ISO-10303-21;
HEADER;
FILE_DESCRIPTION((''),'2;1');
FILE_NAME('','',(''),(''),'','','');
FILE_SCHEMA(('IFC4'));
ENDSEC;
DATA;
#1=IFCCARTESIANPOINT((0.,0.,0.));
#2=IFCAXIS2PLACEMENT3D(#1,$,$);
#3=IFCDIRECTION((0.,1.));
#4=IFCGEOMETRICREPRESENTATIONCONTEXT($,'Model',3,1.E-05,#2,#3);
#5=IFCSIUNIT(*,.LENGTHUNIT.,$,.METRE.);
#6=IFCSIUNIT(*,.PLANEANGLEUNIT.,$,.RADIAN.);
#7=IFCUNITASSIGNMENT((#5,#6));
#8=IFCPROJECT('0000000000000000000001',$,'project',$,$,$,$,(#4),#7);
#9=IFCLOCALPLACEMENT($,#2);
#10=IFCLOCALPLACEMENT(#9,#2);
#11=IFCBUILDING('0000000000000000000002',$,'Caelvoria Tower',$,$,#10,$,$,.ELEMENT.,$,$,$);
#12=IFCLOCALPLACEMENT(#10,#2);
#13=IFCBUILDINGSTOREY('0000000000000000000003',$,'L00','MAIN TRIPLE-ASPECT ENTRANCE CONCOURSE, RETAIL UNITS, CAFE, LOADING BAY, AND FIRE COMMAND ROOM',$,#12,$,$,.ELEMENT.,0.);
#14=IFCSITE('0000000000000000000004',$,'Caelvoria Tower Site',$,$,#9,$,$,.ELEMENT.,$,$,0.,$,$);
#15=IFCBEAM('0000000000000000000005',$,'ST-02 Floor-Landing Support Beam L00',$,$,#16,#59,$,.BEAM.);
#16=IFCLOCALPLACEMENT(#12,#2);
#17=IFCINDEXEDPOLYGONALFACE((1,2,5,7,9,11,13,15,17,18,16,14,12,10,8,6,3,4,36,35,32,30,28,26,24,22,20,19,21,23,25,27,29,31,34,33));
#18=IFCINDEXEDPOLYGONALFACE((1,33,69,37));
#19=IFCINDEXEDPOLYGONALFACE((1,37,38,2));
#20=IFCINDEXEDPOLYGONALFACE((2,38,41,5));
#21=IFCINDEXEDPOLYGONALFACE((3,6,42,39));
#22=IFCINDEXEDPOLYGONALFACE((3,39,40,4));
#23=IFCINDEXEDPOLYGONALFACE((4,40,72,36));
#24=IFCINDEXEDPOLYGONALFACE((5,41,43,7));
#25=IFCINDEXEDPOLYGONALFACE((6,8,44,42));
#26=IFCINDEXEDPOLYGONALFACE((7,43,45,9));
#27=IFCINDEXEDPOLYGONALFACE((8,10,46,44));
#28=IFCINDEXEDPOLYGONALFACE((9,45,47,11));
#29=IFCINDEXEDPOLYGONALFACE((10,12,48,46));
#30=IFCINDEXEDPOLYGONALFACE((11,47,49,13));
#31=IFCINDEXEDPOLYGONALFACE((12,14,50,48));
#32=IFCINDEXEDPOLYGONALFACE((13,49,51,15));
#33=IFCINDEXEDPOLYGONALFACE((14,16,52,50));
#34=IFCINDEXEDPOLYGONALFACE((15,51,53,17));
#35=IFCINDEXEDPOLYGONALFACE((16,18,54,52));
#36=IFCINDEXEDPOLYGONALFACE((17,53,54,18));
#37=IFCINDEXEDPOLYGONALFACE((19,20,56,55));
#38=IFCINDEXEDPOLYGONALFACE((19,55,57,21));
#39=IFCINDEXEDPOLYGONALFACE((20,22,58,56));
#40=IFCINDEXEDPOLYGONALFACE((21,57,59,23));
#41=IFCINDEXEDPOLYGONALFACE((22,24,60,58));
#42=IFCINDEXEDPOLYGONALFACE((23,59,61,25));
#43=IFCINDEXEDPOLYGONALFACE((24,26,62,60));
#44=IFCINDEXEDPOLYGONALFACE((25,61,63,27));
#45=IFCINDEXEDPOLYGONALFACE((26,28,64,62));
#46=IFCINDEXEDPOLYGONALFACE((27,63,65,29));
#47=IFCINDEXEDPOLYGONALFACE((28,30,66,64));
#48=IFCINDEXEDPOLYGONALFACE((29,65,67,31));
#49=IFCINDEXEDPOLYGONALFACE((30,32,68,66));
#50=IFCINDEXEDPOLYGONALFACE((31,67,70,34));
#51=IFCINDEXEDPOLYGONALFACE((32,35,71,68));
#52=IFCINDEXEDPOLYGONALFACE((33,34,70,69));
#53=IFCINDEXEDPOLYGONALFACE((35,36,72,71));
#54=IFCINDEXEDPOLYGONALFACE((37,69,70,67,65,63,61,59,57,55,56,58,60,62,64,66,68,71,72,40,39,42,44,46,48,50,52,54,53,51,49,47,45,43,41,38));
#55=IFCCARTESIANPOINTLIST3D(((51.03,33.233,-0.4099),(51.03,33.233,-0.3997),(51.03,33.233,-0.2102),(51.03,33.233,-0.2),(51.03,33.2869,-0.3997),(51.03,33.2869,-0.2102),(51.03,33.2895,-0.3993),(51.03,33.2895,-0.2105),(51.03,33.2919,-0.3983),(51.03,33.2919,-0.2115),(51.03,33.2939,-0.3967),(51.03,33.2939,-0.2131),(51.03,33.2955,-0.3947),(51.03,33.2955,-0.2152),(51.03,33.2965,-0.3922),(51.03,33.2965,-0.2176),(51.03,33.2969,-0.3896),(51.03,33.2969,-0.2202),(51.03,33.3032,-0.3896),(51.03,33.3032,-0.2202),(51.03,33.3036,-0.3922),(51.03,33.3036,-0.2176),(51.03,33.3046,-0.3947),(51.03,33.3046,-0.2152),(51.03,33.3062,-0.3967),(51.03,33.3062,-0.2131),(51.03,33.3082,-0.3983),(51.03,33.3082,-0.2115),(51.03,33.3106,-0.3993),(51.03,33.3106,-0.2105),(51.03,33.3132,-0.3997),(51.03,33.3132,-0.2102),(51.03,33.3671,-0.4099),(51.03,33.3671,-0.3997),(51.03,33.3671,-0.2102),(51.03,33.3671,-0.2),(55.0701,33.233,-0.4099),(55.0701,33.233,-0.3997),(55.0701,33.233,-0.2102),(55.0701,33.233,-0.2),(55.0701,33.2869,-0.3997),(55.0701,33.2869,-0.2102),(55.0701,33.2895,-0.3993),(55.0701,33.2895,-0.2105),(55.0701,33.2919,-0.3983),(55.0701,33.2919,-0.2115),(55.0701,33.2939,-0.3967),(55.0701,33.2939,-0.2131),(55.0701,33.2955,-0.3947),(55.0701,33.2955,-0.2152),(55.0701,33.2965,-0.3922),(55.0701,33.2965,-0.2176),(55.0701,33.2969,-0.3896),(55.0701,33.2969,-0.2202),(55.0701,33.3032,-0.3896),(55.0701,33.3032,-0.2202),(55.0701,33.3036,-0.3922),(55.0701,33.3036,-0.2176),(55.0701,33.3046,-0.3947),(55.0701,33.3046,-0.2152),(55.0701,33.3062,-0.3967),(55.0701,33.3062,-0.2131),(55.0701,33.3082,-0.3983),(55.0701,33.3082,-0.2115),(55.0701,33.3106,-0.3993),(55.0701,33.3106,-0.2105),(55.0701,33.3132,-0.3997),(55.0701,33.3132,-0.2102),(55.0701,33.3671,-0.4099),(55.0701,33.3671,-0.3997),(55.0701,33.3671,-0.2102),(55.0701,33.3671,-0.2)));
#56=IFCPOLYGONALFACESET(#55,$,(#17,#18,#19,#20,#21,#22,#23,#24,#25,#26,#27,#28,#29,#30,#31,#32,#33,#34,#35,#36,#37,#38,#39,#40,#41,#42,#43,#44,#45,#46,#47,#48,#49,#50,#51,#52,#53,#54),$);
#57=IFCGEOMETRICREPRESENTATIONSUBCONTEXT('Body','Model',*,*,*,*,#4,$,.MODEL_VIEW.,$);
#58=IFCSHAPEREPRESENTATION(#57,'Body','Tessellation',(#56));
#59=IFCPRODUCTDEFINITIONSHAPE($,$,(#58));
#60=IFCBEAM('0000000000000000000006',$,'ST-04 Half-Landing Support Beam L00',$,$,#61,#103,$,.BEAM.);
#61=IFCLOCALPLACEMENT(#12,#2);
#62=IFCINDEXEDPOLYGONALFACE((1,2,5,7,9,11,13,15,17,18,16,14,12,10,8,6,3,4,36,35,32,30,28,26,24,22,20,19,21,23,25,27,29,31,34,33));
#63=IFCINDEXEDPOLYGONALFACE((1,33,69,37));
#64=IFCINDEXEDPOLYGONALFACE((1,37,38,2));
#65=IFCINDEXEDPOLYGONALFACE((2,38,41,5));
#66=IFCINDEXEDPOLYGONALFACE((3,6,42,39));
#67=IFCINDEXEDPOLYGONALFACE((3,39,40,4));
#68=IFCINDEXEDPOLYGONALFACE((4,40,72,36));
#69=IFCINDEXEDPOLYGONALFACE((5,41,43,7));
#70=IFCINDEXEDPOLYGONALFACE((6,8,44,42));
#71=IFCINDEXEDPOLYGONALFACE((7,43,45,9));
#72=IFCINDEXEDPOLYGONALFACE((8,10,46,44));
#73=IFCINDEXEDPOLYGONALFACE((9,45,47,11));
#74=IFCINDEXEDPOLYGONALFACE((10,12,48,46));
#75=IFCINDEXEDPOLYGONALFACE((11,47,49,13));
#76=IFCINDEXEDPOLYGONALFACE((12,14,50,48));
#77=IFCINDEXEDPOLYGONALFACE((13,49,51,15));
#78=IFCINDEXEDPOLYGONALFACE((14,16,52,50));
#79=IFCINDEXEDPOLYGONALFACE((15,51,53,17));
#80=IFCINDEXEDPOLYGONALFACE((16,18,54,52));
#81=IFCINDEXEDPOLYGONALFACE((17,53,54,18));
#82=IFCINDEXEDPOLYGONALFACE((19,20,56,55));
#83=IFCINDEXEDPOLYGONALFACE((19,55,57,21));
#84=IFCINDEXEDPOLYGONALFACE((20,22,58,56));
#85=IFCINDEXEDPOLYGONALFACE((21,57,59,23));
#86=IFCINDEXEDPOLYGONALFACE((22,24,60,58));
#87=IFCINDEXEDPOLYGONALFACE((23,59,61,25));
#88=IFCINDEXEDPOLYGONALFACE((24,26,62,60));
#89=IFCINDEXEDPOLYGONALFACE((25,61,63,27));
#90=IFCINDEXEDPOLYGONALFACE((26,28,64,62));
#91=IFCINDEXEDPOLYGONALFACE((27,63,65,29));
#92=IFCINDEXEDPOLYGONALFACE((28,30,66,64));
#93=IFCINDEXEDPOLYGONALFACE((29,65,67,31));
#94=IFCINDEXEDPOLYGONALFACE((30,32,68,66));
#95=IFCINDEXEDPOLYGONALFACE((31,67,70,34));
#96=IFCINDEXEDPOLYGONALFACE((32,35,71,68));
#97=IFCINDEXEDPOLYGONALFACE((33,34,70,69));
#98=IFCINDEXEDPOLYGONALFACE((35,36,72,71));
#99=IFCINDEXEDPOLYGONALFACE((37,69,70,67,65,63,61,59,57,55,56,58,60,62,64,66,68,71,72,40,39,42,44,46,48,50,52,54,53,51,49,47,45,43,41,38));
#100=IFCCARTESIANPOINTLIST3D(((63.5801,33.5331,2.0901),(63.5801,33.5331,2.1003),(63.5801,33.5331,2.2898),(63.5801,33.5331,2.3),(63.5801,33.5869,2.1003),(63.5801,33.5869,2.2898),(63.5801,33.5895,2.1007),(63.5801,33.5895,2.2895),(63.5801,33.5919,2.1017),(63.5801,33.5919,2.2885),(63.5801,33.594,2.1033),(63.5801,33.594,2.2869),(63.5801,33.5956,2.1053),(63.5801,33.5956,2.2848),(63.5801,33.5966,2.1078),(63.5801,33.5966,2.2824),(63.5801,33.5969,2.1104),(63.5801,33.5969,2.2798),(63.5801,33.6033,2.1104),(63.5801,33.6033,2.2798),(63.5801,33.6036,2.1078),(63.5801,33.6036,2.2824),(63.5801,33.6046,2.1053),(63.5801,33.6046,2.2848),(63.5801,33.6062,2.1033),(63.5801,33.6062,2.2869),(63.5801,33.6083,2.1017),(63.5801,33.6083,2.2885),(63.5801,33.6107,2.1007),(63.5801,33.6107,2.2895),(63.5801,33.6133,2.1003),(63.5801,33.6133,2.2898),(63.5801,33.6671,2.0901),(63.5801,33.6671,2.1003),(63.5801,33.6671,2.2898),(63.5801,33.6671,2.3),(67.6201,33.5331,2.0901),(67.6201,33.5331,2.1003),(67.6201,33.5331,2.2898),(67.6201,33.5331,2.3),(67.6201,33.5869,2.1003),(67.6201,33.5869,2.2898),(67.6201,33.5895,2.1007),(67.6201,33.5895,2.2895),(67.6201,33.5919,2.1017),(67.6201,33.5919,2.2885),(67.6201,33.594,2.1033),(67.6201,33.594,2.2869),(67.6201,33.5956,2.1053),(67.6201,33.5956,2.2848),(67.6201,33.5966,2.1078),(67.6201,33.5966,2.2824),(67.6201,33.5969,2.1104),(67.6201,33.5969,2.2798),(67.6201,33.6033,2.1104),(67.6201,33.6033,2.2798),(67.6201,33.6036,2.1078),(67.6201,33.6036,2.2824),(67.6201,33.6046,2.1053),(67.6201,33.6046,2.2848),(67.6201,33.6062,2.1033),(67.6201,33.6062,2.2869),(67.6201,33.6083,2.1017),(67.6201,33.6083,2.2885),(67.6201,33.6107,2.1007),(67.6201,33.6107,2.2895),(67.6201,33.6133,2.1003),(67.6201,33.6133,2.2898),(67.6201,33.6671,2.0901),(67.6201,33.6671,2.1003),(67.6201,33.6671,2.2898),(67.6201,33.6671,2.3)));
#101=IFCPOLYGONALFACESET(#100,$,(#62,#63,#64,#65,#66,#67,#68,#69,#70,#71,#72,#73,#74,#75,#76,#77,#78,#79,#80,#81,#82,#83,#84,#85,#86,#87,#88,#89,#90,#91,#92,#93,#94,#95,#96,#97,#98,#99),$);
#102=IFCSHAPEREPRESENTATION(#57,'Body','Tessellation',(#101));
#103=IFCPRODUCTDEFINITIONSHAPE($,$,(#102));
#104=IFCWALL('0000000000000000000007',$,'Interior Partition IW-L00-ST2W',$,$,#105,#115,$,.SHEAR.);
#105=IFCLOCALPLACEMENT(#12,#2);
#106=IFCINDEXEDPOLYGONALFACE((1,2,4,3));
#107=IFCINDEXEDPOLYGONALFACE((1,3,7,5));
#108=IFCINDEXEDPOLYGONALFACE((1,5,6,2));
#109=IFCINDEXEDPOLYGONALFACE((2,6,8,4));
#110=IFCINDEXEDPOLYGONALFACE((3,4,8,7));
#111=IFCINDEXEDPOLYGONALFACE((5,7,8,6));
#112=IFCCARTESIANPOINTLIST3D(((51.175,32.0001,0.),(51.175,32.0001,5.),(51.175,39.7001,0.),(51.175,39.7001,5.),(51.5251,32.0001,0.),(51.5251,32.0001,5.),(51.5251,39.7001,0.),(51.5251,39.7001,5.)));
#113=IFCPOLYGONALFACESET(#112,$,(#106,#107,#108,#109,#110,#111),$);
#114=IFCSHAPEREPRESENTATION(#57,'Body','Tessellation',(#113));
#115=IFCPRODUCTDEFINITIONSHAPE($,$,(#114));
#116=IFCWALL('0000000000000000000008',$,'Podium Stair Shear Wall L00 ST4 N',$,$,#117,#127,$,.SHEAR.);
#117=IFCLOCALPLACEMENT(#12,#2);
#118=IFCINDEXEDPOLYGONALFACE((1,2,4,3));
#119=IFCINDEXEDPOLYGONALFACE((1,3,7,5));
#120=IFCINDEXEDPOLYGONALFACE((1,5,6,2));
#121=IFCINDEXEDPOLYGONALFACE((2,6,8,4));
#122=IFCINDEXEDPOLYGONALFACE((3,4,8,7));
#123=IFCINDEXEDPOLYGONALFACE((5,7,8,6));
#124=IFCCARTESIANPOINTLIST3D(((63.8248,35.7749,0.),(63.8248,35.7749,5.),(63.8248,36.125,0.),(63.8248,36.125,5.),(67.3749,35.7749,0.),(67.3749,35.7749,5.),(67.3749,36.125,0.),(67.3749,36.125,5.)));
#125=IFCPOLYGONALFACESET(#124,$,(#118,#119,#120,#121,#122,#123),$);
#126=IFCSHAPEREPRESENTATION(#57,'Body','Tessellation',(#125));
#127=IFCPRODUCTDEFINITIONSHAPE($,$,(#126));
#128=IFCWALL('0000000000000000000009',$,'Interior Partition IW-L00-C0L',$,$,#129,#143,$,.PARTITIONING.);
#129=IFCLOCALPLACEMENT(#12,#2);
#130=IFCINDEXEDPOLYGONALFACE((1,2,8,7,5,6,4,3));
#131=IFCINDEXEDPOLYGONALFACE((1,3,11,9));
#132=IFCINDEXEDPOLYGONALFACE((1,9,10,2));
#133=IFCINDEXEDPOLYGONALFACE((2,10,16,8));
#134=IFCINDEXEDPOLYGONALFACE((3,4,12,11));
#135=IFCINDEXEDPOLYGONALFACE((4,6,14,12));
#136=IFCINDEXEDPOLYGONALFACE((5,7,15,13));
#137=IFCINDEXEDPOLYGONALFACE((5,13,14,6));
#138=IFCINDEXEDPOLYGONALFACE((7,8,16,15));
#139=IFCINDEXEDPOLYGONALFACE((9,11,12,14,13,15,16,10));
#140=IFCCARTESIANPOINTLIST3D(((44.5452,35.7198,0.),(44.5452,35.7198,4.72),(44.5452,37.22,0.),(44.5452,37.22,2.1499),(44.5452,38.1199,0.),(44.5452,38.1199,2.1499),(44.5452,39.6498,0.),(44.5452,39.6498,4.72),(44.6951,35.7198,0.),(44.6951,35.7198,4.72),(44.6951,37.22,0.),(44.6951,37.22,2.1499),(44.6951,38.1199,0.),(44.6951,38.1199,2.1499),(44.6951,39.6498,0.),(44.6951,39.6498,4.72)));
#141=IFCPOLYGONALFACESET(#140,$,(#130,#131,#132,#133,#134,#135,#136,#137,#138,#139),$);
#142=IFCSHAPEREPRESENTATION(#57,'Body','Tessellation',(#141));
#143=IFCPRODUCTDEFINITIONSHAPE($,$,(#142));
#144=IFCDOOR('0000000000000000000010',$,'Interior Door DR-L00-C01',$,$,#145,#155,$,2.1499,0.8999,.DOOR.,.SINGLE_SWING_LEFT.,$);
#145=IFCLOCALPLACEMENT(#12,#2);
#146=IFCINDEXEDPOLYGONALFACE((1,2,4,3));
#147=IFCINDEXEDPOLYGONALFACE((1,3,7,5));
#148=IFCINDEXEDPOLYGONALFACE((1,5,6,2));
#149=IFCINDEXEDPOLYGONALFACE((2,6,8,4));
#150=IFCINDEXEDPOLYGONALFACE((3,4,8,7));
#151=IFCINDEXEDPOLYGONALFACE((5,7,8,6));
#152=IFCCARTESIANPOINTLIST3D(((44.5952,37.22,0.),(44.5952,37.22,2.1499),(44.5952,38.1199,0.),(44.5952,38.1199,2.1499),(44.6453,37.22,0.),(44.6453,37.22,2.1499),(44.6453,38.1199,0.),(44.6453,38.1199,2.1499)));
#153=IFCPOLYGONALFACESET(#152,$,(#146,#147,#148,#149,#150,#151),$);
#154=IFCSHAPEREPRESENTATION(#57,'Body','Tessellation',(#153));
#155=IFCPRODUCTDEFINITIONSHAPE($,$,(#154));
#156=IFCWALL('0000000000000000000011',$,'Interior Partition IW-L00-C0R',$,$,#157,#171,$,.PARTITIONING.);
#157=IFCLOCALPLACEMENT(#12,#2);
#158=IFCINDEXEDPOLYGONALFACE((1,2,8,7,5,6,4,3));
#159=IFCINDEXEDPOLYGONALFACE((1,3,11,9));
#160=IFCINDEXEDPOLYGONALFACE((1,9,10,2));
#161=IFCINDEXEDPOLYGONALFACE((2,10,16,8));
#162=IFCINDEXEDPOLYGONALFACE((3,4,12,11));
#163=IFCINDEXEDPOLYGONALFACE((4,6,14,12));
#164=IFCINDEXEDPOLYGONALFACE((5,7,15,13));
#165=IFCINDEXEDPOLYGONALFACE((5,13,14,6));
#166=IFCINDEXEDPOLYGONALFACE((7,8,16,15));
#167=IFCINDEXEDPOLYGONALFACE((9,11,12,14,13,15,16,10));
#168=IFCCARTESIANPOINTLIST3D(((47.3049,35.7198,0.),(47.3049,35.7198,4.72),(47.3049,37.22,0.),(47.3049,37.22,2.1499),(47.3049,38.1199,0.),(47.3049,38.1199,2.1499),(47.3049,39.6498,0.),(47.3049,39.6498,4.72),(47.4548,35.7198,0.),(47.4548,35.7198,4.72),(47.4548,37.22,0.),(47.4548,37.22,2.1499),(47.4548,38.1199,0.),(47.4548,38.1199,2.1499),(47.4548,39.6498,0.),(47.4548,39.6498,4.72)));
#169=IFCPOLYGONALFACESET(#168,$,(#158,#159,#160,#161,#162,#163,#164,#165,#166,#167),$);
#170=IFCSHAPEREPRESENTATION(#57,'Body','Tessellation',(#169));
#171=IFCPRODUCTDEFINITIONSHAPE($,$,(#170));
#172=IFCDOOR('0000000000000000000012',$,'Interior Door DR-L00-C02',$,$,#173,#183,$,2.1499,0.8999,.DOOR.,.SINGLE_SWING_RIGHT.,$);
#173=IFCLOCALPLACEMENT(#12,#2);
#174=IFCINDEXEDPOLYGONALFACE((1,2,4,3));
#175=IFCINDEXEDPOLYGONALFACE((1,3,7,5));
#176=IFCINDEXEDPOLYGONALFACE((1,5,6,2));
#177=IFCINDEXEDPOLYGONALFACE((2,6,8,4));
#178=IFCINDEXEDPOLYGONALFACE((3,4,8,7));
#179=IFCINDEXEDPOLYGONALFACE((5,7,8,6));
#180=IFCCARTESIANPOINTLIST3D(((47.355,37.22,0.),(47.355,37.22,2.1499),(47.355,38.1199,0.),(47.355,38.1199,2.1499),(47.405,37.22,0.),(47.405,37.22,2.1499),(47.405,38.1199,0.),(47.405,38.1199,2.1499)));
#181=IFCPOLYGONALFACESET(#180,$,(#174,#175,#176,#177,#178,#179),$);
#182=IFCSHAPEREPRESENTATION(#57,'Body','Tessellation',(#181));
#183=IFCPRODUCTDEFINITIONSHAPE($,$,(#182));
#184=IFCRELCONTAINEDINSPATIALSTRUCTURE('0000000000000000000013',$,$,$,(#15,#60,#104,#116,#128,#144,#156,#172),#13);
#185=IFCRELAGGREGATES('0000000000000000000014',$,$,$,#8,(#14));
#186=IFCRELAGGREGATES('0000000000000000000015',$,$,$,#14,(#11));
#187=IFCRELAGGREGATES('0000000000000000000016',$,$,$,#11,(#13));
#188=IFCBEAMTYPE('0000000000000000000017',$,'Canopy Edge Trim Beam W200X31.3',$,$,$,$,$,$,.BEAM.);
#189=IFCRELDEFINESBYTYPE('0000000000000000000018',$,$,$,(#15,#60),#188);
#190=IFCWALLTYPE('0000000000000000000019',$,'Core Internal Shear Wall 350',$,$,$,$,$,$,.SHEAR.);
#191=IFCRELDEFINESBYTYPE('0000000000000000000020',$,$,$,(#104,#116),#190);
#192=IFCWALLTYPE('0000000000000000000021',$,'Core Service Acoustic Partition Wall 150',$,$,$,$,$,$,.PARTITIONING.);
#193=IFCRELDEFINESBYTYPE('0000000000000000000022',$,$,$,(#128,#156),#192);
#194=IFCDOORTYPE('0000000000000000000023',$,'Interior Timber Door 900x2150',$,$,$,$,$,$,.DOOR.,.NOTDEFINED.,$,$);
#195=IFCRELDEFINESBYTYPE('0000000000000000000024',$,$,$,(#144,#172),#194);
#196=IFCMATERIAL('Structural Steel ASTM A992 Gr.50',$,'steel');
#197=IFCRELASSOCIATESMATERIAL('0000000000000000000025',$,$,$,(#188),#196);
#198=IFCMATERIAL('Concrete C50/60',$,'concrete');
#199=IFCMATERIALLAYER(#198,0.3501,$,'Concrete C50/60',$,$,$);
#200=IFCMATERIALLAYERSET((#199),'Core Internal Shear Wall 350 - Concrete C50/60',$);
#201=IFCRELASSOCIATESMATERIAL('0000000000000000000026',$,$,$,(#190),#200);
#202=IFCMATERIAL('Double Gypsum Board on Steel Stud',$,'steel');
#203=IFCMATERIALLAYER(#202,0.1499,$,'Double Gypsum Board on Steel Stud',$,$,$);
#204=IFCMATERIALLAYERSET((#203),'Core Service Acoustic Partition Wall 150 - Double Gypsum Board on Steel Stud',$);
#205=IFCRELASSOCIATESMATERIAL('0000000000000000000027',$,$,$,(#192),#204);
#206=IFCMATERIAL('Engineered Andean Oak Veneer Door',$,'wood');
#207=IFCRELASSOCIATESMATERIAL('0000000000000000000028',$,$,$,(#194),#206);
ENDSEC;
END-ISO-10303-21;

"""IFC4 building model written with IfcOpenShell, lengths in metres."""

from ifc_helpers import new_model, si_unit, direction, frame, frame_2d, origin, origin_2d, place, context, subcontext, project, spatial, rectangle, i_section, extrude, material, layer, layer_set, material_profile, profile_set, type_object, element, fill, save


model = new_model("IFC4")

# Units and contexts
model_context = context("Model", 3, precision=1e-05, world=origin(), true_north=direction((0.0, 1.0)))
body_context = subcontext(model_context, "Body", "Model", "MODEL_VIEW")
ifc_project = project(units=[si_unit("LENGTHUNIT", "METRE"), si_unit("PLANEANGLEUNIT", "RADIAN")], contexts=[model_context])

# Site, building, storey
site_placement = place(None, origin())
site = spatial("IfcSite", under=ifc_project, at=site_placement, Name="Caelvoria Tower Site", CompositionType="ELEMENT", RefElevation=0.0)
building_placement = place(site_placement, origin())
building = spatial("IfcBuilding", under=site, at=building_placement, Name="Caelvoria Tower", CompositionType="ELEMENT")
storey_placement = place(building_placement, origin())
storey = spatial("IfcBuildingStorey", under=building, at=storey_placement, Name="L00", Description="MAIN TRIPLE-ASPECT ENTRANCE CONCOURSE, RETAIL UNITS, CAFE, LOADING BAY, AND FIRE COMMAND ROOM", CompositionType="ELEMENT", Elevation=0.0)

# Beams
ifc_material_1 = material(Name="Structural Steel ASTM A992 Gr.50", Category="steel")
ifc_material_profile = material_profile(ifc_material_1, i_section(OverallWidth=0.134, OverallDepth=0.21, WebThickness=0.0063, FlangeThickness=0.0103, FilletRadius=0.01, at=origin_2d()), Name="Structural Steel ASTM A992 Gr.50")
ifc_profile_set = profile_set([ifc_material_profile], Name="W200X31.3 - Structural Steel ASTM A992 Gr.50")
beam_type = type_object("IfcBeamType", Name="Canopy Edge Trim Beam W200X31.3", PredefinedType="BEAM", material=ifc_profile_set)
for number, where, z_axis, x_axis, name in (
    (1, (51.03, 33.3, -0.3049), (1.0, 0.0, 0.0), (0.0, 1.0, 0.0), "ST-02 Floor-Landing Support Beam L00"),
    (2, (63.5801, 33.6001, 2.1951), (1.0, 0.0, 0.0), (0.0, 1.0, 0.0), "ST-04 Half-Landing Support Beam L00"),
):
    element("IfcBeam", number, at=place(storey_placement, frame(where, z_axis=z_axis, x_axis=x_axis)), inside=storey, type_object=beam_type, Name=name, PredefinedType="BEAM", context=body_context, shape_type="SweptSolid", body=[
        extrude(i_section(OverallWidth=0.134, OverallDepth=0.21, WebThickness=0.0063, FlangeThickness=0.0103, FilletRadius=0.01, at=origin_2d()), origin(), (0.0, 0.0, 1.0), 4.04),
    ])

# Walls
ifc_material_2 = material(Name="Concrete C50/60", Category="concrete")
ifc_layer_1 = layer(ifc_material_2, 0.3501, Name="Concrete C50/60")
ifc_layer_set_1 = layer_set([ifc_layer_1], Name="Core Internal Shear Wall 350 - Concrete C50/60")
wall_type_1 = type_object("IfcWallType", Name="Core Internal Shear Wall 350", PredefinedType="SHEAR", material=ifc_layer_set_1)
wall_1_placement = place(storey_placement, frame((51.3501, 32.0, 0.0), z_axis=(0.0, 0.0, 1.0), x_axis=(0.0, 1.0, 0.0)))
element("IfcWall", 3, at=wall_1_placement, inside=storey, type_object=wall_type_1, Name="Interior Partition IW-L00-ST2W", PredefinedType="SHEAR", context=body_context, shape_type="SweptSolid", body=[
    extrude(rectangle(XDim=7.7, YDim=0.3501, at=frame_2d((3.8501, 0.0))), origin(), (0.0, 0.0, 1.0), 5.0),
])
wall_2_placement = place(storey_placement, frame((63.825, 35.95, 0.0), z_axis=(0.0, 0.0, 1.0), x_axis=(1.0, 0.0, 0.0)))
element("IfcWall", 4, at=wall_2_placement, inside=storey, type_object=wall_type_1, Name="Podium Stair Shear Wall L00 ST4 N", PredefinedType="SHEAR", context=body_context, shape_type="SweptSolid", body=[
    extrude(rectangle(XDim=3.55, YDim=0.3501, at=frame_2d((1.7749, 0.0))), origin(), (0.0, 0.0, 1.0), 5.0),
])

# Walls, openings, doors
ifc_material_3 = material(Name="Double Gypsum Board on Steel Stud", Category="steel")
ifc_layer_2 = layer(ifc_material_3, 0.1499, Name="Double Gypsum Board on Steel Stud")
ifc_layer_set_2 = layer_set([ifc_layer_2], Name="Core Service Acoustic Partition Wall 150 - Double Gypsum Board on Steel Stud")
wall_type_2 = type_object("IfcWallType", Name="Core Service Acoustic Partition Wall 150", PredefinedType="PARTITIONING", material=ifc_layer_set_2)
wall_3_placement = place(storey_placement, frame((44.6201, 35.72, 0.0), z_axis=(0.0, 0.0, 1.0), x_axis=(0.0, 1.0, 0.0)))
wall_3 = element("IfcWall", 5, at=wall_3_placement, inside=storey, type_object=wall_type_2, Name="Interior Partition IW-L00-C0L", PredefinedType="PARTITIONING", context=body_context, shape_type="SweptSolid", body=[
    extrude(rectangle(XDim=3.9299, YDim=0.1499, at=frame_2d((1.9648, 0.0))), origin(), (0.0, 0.0, 1.0), 4.72),
])
opening_1_placement = place(wall_3_placement, frame((1.5, 0.0, 0.0)))
opening_1 = element("IfcOpeningElement", 6, at=opening_1_placement, cuts=wall_3, PredefinedType="OPENING", context=body_context, shape_type="SweptSolid", body=[
    extrude(rectangle(XDim=0.8999, YDim=2.1499, at=frame_2d((0.45, 1.075))), frame((0.0, 0.085, 0.0), z_axis=(0.0, -1.0, 0.0), x_axis=(1.0, 0.0, 0.0)), (0.0, 0.0, 1.0), 0.1699),
])
ifc_material_4 = material(Name="Engineered Andean Oak Veneer Door", Category="wood")
door_type_1 = type_object("IfcDoorType", Name="Interior Timber Door 900x2150", OperationType="NOTDEFINED", PredefinedType="DOOR", material=ifc_material_4)
door_1_placement = place(opening_1_placement, origin())
door_1 = element("IfcDoor", 7, at=door_1_placement, inside=storey, type_object=door_type_1, Name="Interior Door DR-L00-C01", OperationType="SINGLE_SWING_LEFT", OverallHeight=2.1499, OverallWidth=0.8999, PredefinedType="DOOR", context=body_context, shape_type="SweptSolid", body=[
    extrude(rectangle(XDim=0.8999, YDim=2.1499, at=frame_2d((0.45, 1.075))), frame((0.0, 0.0249, 0.0), z_axis=(0.0, -1.0, 0.0), x_axis=(1.0, 0.0, 0.0)), (0.0, 0.0, 1.0), 0.05),
])
fill(opening_1, door_1)
wall_4_placement = place(storey_placement, frame((47.3799, 35.72, 0.0), z_axis=(0.0, 0.0, 1.0), x_axis=(0.0, 1.0, 0.0)))
wall_4 = element("IfcWall", 8, at=wall_4_placement, inside=storey, type_object=wall_type_2, Name="Interior Partition IW-L00-C0R", PredefinedType="PARTITIONING", context=body_context, shape_type="SweptSolid", body=[
    extrude(rectangle(XDim=3.9299, YDim=0.1499, at=frame_2d((1.9648, 0.0))), origin(), (0.0, 0.0, 1.0), 4.72),
])
opening_2_placement = place(wall_4_placement, frame((1.5, 0.0, 0.0)))
opening_2 = element("IfcOpeningElement", 9, at=opening_2_placement, cuts=wall_4, PredefinedType="OPENING", context=body_context, shape_type="SweptSolid", body=[
    extrude(rectangle(XDim=0.8999, YDim=2.1499, at=frame_2d((0.45, 1.075))), frame((0.0, 0.085, 0.0), z_axis=(0.0, -1.0, 0.0), x_axis=(1.0, 0.0, 0.0)), (0.0, 0.0, 1.0), 0.1699),
])
door_2_placement = place(opening_2_placement, origin())
door_2 = element("IfcDoor", 10, at=door_2_placement, inside=storey, type_object=door_type_1, Name="Interior Door DR-L00-C02", OperationType="SINGLE_SWING_RIGHT", OverallHeight=2.1499, OverallWidth=0.8999, PredefinedType="DOOR", context=body_context, shape_type="SweptSolid", body=[
    extrude(rectangle(XDim=0.8999, YDim=2.1499, at=frame_2d((0.45, 1.075))), frame((0.0, 0.0249, 0.0), z_axis=(0.0, -1.0, 0.0), x_axis=(1.0, 0.0, 0.0)), (0.0, 0.0, 1.0), 0.05),
])
fill(opening_2, door_2)

save(model, "model.ifc")
